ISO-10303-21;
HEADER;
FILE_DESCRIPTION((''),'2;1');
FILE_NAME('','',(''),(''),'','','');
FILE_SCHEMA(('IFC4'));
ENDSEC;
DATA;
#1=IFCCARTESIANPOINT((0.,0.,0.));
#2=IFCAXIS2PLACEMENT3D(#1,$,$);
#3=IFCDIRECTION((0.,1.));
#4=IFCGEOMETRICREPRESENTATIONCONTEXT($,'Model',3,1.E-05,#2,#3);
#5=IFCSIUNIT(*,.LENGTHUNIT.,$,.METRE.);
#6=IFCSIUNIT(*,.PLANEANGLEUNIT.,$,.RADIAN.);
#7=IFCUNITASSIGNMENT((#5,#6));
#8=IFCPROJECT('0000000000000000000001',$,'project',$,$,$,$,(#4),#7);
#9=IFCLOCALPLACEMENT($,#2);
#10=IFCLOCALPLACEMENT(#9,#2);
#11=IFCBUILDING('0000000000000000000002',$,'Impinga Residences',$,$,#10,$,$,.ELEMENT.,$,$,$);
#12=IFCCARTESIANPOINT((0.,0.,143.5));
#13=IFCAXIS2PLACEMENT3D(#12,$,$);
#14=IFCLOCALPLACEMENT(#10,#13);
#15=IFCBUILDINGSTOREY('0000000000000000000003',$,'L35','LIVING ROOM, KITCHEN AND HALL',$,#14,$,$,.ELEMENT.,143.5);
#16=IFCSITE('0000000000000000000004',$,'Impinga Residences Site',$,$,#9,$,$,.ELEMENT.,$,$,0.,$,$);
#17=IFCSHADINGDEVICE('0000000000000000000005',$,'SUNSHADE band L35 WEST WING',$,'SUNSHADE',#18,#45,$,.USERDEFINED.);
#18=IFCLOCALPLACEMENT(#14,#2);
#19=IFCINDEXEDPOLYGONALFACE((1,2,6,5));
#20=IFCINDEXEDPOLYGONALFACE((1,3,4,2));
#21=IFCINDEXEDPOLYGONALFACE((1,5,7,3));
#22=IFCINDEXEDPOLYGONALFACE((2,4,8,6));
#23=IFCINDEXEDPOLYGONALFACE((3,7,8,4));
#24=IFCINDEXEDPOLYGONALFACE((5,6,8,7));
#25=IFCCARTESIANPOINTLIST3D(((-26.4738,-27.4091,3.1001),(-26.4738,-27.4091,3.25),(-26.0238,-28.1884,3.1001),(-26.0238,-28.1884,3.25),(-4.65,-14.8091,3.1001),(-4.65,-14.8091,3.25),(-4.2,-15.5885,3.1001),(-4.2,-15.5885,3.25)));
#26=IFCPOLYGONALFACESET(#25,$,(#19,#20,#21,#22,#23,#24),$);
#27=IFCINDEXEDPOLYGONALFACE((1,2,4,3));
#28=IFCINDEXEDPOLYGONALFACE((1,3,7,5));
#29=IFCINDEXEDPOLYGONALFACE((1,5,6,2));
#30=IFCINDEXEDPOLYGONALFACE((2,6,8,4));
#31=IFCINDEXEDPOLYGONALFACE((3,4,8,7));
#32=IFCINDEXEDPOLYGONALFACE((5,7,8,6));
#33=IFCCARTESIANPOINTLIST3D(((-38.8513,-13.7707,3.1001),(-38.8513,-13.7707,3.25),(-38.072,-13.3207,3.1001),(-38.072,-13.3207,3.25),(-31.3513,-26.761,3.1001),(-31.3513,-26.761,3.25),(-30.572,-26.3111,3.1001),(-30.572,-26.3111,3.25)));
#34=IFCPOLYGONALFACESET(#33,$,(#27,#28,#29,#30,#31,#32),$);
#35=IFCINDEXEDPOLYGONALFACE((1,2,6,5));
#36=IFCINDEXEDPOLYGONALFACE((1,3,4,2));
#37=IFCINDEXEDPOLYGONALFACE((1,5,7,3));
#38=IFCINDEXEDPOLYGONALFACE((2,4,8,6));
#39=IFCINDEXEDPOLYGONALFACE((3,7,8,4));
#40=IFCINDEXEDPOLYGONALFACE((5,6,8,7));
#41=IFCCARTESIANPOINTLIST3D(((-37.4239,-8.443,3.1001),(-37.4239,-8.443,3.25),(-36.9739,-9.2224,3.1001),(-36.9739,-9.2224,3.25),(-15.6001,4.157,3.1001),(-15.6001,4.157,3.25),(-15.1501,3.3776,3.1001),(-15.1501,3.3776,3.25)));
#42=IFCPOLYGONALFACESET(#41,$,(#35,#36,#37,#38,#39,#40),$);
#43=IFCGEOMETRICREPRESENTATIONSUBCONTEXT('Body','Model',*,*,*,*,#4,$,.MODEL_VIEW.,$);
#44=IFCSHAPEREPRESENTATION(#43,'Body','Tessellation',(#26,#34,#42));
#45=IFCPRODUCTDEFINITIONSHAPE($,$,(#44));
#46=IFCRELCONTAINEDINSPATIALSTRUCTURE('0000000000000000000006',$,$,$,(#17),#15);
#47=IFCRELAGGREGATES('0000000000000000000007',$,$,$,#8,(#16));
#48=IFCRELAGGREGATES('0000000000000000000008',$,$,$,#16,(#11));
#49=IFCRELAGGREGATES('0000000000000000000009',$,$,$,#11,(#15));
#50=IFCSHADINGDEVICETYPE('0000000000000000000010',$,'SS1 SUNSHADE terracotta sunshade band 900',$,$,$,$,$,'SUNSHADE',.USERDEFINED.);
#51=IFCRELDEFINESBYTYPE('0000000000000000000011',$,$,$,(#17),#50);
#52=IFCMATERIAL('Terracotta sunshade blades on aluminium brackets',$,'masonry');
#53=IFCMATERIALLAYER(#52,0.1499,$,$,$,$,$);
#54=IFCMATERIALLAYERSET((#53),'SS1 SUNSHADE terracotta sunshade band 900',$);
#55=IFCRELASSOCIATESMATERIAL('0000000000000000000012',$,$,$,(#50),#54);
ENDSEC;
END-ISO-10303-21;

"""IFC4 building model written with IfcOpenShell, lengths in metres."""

from ifc_helpers import new_model, si_unit, direction, frame, origin, origin_2d, place, context, subcontext, project, spatial, rectangle, extrude, material, layer, layer_set, type_object, element, save


model = new_model("IFC4")

# Units and contexts
model_context = context("Model", 3, precision=1e-05, world=origin(), true_north=direction((0.0, 1.0)))
body_context = subcontext(model_context, "Body", "Model", "MODEL_VIEW")
ifc_project = project(units=[si_unit("LENGTHUNIT", "METRE"), si_unit("PLANEANGLEUNIT", "RADIAN")], contexts=[model_context])

# Site, building, storey
site_placement = place(None, origin())
site = spatial("IfcSite", under=ifc_project, at=site_placement, Name="Impinga Residences Site", CompositionType="ELEMENT", RefElevation=0.0)
building_placement = place(site_placement, origin())
building = spatial("IfcBuilding", under=site, at=building_placement, Name="Impinga Residences", CompositionType="ELEMENT")
storey_placement = place(building_placement, frame((0.0, 0.0, 143.5)))
storey = spatial("IfcBuildingStorey", under=building, at=storey_placement, Name="L35", Description="LIVING ROOM, KITCHEN AND HALL", CompositionType="ELEMENT", Elevation=143.5)

# Shading device
ifc_material_1 = material(Name="Terracotta sunshade blades on aluminium brackets", Category="masonry")
ifc_layer_1 = layer(ifc_material_1, 0.1499)
ifc_layer_set_1 = layer_set([ifc_layer_1], Name="SS1 SUNSHADE terracotta sunshade band 900")
shading_device_type = type_object("IfcShadingDeviceType", Name="SS1 SUNSHADE terracotta sunshade band 900", ElementType="SUNSHADE", PredefinedType="USERDEFINED", material=ifc_layer_set_1)
shading_device_placement = place(storey_placement, frame((-15.3369, -21.4988, 3.1001), z_axis=(0.0, 0.0, 1.0), x_axis=(-0.866025, -0.5, 0.0)))
element("IfcShadingDevice", 1, at=shading_device_placement, inside=storey, type_object=shading_device_type, Name="SUNSHADE band L35 WEST WING", ObjectType="SUNSHADE", PredefinedType="USERDEFINED", context=body_context, shape_type="SweptSolid", body=[
    extrude(rectangle(XDim=25.2, YDim=0.8999, at=origin_2d()), origin(), (0.0, 0.0, 1.0), 0.1499),
    extrude(rectangle(XDim=15.0, YDim=0.8999, at=origin_2d()), frame((16.05, -10.95, 0.0), z_axis=(0.0, 0.0, 1.0), x_axis=(0.0, -1.0, 0.0)), (0.0, 0.0, 1.0), 0.1499),
    extrude(rectangle(XDim=25.2, YDim=0.8999, at=origin_2d()), frame((0.0, -21.9001, 0.0), z_axis=(0.0, 0.0, 1.0), x_axis=(-1.0, 0.0, 0.0)), (0.0, 0.0, 1.0), 0.1499),
])

save(model, "model.ifc")
